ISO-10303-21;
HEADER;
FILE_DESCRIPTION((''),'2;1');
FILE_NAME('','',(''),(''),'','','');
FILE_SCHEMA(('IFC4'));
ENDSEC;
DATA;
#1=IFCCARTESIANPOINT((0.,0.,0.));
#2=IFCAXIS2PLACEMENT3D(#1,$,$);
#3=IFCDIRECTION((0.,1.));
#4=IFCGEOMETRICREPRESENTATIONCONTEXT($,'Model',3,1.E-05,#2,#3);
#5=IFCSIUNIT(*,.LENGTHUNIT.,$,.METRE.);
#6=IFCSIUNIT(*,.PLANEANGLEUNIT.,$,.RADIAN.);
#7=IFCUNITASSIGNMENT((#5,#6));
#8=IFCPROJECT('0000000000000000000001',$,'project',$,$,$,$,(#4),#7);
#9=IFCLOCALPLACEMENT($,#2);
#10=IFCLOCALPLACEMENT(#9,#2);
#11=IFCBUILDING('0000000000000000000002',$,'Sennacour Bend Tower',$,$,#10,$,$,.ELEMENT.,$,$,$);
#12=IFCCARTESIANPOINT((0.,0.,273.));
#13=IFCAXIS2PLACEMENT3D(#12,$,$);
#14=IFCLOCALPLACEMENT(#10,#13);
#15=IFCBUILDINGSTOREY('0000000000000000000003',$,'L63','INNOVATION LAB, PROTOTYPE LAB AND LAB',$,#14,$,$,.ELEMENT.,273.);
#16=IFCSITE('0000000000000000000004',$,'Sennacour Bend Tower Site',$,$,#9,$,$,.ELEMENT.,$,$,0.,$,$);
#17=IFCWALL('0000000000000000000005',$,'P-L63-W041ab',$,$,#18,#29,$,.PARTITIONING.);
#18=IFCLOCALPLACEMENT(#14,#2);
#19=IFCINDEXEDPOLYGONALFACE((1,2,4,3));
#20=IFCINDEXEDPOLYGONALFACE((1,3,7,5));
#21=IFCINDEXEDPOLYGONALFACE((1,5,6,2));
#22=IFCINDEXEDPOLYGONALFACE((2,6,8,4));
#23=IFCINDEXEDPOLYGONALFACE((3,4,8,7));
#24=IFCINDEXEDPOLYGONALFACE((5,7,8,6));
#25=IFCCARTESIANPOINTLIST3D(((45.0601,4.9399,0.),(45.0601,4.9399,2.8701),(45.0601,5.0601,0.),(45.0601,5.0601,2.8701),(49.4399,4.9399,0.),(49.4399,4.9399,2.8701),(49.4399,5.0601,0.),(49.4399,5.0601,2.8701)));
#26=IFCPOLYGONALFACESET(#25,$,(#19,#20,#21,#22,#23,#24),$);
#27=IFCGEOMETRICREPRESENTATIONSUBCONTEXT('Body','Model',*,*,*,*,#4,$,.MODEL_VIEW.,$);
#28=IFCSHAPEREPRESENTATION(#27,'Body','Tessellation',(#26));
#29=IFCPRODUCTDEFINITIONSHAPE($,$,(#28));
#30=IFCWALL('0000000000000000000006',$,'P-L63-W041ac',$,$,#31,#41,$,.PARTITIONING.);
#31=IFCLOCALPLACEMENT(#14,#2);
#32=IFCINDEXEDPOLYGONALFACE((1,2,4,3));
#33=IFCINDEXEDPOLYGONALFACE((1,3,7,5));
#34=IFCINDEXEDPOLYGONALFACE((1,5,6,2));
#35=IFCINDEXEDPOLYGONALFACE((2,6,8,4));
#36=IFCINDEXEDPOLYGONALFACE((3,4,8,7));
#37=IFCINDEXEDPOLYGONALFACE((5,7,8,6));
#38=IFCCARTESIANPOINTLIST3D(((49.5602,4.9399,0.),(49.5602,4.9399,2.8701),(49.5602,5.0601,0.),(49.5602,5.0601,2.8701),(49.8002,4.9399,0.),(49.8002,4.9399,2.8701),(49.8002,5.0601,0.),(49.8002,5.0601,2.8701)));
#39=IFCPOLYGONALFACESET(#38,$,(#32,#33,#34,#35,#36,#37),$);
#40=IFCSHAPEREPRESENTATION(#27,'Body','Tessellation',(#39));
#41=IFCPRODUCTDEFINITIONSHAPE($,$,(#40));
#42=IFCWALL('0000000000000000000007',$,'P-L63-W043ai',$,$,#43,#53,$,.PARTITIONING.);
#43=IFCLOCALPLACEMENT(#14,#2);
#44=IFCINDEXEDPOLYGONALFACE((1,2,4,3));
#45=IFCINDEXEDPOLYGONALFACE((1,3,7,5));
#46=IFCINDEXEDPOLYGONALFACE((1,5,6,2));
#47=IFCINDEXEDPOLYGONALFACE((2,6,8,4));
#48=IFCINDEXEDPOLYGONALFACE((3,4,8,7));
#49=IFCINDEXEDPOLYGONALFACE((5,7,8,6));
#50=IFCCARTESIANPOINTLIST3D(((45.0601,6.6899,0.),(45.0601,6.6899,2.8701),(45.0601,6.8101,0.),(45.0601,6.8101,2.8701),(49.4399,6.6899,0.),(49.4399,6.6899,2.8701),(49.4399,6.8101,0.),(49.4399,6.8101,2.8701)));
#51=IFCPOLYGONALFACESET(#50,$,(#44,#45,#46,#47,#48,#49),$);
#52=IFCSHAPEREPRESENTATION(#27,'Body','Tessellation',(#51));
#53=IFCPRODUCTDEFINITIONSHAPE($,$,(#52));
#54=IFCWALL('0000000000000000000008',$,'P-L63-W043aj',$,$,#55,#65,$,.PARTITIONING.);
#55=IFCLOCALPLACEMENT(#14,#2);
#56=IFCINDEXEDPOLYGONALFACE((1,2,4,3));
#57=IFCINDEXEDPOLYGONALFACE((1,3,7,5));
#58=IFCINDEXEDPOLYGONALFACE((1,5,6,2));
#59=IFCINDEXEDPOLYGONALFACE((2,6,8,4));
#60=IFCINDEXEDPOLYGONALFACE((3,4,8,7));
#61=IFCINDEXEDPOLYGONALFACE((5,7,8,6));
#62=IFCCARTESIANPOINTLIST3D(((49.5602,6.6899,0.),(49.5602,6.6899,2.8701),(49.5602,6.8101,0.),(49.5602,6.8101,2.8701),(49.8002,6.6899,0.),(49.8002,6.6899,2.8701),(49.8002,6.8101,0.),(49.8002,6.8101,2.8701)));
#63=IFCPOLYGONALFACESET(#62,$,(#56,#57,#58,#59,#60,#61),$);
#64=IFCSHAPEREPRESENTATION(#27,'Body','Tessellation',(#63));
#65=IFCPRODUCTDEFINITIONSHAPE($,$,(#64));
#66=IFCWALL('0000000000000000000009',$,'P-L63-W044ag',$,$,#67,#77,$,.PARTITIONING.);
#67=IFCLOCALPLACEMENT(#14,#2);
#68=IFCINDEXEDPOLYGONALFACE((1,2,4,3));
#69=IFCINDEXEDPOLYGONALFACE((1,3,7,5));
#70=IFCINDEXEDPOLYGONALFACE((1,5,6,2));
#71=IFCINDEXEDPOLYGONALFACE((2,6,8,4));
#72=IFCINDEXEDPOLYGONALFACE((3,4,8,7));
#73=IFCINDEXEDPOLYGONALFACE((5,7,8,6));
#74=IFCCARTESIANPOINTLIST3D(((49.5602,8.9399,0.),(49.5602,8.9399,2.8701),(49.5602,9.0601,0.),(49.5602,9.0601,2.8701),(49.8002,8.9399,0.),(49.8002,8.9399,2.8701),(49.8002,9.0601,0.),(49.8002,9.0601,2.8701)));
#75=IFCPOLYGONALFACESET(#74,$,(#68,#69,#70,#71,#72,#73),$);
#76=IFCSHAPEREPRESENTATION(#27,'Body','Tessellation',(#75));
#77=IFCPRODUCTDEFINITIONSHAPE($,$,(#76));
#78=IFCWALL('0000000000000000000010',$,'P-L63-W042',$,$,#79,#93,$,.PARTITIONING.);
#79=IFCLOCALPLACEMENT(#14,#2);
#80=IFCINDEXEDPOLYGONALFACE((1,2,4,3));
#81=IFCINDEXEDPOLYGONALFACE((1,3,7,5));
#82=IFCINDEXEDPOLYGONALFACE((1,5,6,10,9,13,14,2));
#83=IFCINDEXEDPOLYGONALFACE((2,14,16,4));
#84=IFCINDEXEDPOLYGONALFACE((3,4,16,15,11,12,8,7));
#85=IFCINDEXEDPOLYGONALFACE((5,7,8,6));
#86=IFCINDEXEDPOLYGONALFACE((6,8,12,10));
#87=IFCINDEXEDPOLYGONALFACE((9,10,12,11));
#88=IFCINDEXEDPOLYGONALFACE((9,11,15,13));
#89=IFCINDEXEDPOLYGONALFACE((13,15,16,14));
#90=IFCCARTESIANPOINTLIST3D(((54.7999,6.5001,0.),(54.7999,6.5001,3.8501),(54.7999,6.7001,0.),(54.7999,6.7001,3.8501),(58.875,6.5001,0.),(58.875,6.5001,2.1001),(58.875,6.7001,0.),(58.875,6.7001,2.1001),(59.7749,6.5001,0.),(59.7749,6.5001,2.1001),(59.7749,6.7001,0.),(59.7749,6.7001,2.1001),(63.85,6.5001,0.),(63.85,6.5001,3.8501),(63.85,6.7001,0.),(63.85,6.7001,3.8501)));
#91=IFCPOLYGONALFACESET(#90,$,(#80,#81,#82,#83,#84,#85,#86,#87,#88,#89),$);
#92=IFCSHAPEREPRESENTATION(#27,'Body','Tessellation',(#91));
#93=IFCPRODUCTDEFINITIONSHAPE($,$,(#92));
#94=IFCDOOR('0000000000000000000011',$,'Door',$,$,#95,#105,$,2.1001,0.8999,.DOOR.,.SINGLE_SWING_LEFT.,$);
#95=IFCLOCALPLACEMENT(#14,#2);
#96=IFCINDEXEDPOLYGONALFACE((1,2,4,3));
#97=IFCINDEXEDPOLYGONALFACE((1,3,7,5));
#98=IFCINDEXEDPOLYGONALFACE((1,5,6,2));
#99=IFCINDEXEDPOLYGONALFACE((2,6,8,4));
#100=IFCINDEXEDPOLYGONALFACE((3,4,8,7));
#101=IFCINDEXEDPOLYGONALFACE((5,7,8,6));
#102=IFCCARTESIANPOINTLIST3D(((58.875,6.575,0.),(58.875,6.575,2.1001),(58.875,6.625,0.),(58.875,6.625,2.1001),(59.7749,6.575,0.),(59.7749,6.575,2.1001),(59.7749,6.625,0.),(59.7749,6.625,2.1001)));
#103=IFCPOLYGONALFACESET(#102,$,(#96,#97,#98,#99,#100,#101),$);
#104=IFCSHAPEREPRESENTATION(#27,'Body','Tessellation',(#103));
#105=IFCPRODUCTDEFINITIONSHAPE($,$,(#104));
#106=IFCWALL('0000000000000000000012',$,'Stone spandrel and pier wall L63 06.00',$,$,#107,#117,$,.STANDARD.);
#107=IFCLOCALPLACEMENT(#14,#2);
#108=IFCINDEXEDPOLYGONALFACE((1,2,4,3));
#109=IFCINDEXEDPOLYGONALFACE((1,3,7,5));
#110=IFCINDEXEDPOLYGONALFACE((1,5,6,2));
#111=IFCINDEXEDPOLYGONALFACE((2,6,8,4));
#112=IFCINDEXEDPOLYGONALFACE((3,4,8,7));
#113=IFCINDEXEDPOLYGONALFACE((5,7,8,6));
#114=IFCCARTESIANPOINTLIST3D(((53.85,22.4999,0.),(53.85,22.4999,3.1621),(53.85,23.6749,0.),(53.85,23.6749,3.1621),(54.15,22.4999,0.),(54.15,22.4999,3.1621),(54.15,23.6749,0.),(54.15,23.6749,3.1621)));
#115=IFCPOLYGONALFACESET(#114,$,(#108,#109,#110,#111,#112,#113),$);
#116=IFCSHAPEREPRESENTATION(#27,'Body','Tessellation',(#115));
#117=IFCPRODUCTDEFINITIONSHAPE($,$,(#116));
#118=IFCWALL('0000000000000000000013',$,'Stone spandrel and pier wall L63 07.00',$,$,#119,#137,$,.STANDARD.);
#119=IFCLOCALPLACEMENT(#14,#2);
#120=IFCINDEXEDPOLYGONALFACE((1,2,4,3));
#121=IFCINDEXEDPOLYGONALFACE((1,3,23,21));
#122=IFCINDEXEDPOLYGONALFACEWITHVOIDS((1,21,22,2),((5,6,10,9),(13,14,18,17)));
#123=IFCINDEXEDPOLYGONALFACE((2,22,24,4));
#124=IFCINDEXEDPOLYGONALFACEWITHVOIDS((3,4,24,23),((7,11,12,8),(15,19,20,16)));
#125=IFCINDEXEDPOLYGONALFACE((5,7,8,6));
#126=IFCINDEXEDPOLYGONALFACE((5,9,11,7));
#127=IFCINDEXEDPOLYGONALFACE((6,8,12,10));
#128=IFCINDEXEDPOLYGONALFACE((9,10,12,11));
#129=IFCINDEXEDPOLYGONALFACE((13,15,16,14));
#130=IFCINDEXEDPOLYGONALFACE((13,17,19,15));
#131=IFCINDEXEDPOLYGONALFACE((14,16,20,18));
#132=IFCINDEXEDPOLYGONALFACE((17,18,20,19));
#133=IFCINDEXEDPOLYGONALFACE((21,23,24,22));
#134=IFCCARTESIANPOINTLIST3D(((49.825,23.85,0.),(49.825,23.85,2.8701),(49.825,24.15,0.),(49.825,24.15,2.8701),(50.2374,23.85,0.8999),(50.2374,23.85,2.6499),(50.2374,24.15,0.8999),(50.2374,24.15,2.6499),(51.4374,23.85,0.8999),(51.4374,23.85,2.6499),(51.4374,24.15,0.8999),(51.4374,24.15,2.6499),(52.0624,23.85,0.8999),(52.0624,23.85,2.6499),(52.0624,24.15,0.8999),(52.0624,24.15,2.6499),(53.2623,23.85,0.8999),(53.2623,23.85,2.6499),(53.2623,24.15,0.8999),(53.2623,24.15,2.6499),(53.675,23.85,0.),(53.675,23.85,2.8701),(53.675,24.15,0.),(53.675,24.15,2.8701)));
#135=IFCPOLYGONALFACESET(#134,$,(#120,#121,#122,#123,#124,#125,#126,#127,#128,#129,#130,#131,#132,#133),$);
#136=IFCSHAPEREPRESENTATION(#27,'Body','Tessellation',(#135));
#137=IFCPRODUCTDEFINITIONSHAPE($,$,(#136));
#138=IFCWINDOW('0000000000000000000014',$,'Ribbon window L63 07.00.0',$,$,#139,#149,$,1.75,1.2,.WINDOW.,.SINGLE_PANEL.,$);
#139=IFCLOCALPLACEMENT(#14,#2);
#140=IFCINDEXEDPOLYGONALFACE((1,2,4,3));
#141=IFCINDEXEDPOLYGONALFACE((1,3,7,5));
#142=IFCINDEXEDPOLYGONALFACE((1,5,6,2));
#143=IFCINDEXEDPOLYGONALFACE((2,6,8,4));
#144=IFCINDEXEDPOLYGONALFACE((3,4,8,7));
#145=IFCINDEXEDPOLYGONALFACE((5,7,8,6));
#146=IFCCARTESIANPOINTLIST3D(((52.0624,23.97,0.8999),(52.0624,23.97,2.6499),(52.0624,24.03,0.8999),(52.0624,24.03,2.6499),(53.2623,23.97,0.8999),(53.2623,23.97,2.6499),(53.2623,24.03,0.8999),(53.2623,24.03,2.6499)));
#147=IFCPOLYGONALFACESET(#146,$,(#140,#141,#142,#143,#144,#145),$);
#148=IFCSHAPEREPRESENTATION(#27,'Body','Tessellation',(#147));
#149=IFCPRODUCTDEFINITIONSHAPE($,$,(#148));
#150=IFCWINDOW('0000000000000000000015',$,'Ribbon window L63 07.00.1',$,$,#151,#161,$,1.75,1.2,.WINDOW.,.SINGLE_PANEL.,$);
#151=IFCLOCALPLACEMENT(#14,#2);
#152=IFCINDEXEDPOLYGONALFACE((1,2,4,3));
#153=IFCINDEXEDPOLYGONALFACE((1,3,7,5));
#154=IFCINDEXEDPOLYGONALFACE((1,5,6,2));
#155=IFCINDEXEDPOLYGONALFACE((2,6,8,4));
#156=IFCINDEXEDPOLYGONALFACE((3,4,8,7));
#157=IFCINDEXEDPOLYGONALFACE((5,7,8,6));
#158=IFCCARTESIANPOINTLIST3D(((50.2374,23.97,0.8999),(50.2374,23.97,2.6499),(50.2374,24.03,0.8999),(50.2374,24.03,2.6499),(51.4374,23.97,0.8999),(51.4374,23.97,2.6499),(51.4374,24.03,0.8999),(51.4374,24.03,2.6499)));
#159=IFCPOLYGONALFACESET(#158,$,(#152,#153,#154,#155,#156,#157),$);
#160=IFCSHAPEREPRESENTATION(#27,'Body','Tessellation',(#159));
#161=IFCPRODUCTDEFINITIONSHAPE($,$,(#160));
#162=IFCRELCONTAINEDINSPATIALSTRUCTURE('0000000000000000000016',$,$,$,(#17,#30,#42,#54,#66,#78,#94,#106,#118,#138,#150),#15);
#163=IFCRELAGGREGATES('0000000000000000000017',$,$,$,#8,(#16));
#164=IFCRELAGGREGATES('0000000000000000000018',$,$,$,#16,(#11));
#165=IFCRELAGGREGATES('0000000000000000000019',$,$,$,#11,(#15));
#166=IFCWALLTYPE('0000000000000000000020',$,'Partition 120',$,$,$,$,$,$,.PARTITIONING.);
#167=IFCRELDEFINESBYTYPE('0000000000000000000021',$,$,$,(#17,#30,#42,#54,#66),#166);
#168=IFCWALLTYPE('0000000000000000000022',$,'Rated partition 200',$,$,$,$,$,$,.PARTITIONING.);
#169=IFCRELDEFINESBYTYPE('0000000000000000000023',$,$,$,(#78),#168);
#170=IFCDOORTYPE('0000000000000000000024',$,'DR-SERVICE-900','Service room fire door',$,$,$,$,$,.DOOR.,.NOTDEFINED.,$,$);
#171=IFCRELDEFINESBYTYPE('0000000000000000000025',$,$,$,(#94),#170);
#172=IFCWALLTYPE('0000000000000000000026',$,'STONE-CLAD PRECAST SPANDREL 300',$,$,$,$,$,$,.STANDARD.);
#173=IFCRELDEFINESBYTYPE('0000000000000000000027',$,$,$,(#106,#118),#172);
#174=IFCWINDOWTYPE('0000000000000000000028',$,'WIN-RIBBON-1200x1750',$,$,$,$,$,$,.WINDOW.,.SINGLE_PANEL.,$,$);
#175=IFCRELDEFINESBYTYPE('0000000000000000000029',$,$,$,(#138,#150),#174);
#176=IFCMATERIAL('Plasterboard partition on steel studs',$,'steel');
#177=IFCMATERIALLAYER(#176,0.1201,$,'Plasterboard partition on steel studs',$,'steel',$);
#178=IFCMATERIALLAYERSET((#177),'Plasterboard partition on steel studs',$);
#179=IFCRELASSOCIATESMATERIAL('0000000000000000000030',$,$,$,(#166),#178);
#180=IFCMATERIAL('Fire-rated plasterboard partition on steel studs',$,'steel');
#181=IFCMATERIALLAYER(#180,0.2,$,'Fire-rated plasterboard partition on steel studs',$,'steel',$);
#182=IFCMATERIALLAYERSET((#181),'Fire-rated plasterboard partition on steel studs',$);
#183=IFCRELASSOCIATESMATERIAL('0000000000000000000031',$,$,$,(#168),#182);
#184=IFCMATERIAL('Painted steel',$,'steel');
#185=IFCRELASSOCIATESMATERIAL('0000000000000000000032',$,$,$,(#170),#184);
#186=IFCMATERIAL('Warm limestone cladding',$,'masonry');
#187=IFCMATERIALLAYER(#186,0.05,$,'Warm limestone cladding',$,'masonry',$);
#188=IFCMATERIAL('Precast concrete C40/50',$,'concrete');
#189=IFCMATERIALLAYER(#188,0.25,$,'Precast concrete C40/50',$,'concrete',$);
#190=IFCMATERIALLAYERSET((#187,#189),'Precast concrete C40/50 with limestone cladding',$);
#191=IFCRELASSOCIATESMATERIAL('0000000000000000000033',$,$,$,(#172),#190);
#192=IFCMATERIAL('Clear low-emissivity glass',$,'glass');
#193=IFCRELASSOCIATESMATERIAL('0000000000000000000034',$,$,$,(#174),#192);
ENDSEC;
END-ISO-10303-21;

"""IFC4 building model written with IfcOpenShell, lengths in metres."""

from ifc_helpers import new_model, si_unit, direction, frame, frame_2d, origin, place, context, subcontext, project, spatial, rectangle, extrude, material, layer, layer_set, type_object, element, fill, save


model = new_model("IFC4")

# Units and contexts
model_context = context("Model", 3, precision=1e-05, world=origin(), true_north=direction((0.0, 1.0)))
body_context = subcontext(model_context, "Body", "Model", "MODEL_VIEW")
ifc_project = project(units=[si_unit("LENGTHUNIT", "METRE"), si_unit("PLANEANGLEUNIT", "RADIAN")], contexts=[model_context])

# Site, building, storey
site_placement = place(None, origin())
site = spatial("IfcSite", under=ifc_project, at=site_placement, Name="Sennacour Bend Tower Site", CompositionType="ELEMENT", RefElevation=0.0)
building_placement = place(site_placement, origin())
building = spatial("IfcBuilding", under=site, at=building_placement, Name="Sennacour Bend Tower", CompositionType="ELEMENT")
storey_placement = place(building_placement, frame((0.0, 0.0, 273.0)))
storey = spatial("IfcBuildingStorey", under=building, at=storey_placement, Name="L63", Description="INNOVATION LAB, PROTOTYPE LAB AND LAB", CompositionType="ELEMENT", Elevation=273.0)

# Walls
ifc_material_1 = material(Name="Plasterboard partition on steel studs", Category="steel")
ifc_layer_1 = layer(ifc_material_1, 0.1201, Name="Plasterboard partition on steel studs", Category="steel")
ifc_layer_set_1 = layer_set([ifc_layer_1], Name="Plasterboard partition on steel studs")
wall_type_1 = type_object("IfcWallType", Name="Partition 120", PredefinedType="PARTITIONING", material=ifc_layer_set_1)
wall_1_placement = place(storey_placement, frame((45.0601, 5.0, 0.0), z_axis=(0.0, 0.0, 1.0), x_axis=(1.0, 0.0, 0.0)))
element("IfcWall", 1, at=wall_1_placement, inside=storey, type_object=wall_type_1, Name="P-L63-W041ab", PredefinedType="PARTITIONING", context=body_context, shape_type="SweptSolid", body=[
    extrude(rectangle(XDim=4.3799, YDim=0.1201, at=frame_2d((2.1899, 0.0))), origin(), (0.0, 0.0, 1.0), 2.8701),
])
wall_2_placement = place(storey_placement, frame((49.5601, 5.0, 0.0), z_axis=(0.0, 0.0, 1.0), x_axis=(1.0, 0.0, 0.0)))
element("IfcWall", 2, at=wall_2_placement, inside=storey, type_object=wall_type_1, Name="P-L63-W041ac", PredefinedType="PARTITIONING", context=body_context, shape_type="SweptSolid", body=[
    extrude(rectangle(XDim=0.24, YDim=0.1201, at=frame_2d((0.1201, 0.0))), origin(), (0.0, 0.0, 1.0), 2.8701),
])
wall_3_placement = place(storey_placement, frame((45.0601, 6.75, 0.0), z_axis=(0.0, 0.0, 1.0), x_axis=(1.0, 0.0, 0.0)))
element("IfcWall", 3, at=wall_3_placement, inside=storey, type_object=wall_type_1, Name="P-L63-W043ai", PredefinedType="PARTITIONING", context=body_context, shape_type="SweptSolid", body=[
    extrude(rectangle(XDim=4.3799, YDim=0.1201, at=frame_2d((2.1899, 0.0))), origin(), (0.0, 0.0, 1.0), 2.8701),
])
for number, where, z_axis, x_axis, name in (
    (4, (49.5601, 6.75, 0.0), (0.0, 0.0, 1.0), (1.0, 0.0, 0.0), "P-L63-W043aj"),
    (5, (49.5601, 9.0, 0.0), (0.0, 0.0, 1.0), (1.0, 0.0, 0.0), "P-L63-W044ag"),
):
    element("IfcWall", number, at=place(storey_placement, frame(where, z_axis=z_axis, x_axis=x_axis)), inside=storey, type_object=wall_type_1, Name=name, PredefinedType="PARTITIONING", context=body_context, shape_type="SweptSolid", body=[
        extrude(rectangle(XDim=0.24, YDim=0.1201, at=frame_2d((0.1201, 0.0))), origin(), (0.0, 0.0, 1.0), 2.8701),
    ])

# Wall, opening, door
ifc_material_2 = material(Name="Fire-rated plasterboard partition on steel studs", Category="steel")
ifc_layer_2 = layer(ifc_material_2, 0.2, Name="Fire-rated plasterboard partition on steel studs", Category="steel")
ifc_layer_set_2 = layer_set([ifc_layer_2], Name="Fire-rated plasterboard partition on steel studs")
wall_type_2 = type_object("IfcWallType", Name="Rated partition 200", PredefinedType="PARTITIONING", material=ifc_layer_set_2)
wall_4_placement = place(storey_placement, frame((54.8, 6.6001, 0.0), z_axis=(0.0, 0.0, 1.0), x_axis=(1.0, 0.0, 0.0)))
wall_4 = element("IfcWall", 6, at=wall_4_placement, inside=storey, type_object=wall_type_2, Name="P-L63-W042", PredefinedType="PARTITIONING", context=body_context, shape_type="SweptSolid", body=[
    extrude(rectangle(XDim=9.05, YDim=0.2, at=frame_2d((4.5249, 0.0))), origin(), (0.0, 0.0, 1.0), 3.8501),
])
opening_1_placement = place(wall_4_placement, frame((4.075, 0.0, 0.0)))
opening_1 = element("IfcOpeningElement", 7, at=opening_1_placement, cuts=wall_4, PredefinedType="OPENING", context=body_context, shape_type="SweptSolid", body=[
    extrude(rectangle(XDim=0.8999, YDim=2.1001, at=frame_2d((0.45, 1.05))), frame((0.0, 0.1099, 0.0), z_axis=(0.0, -1.0, 0.0), x_axis=(1.0, 0.0, 0.0)), (0.0, 0.0, 1.0), 0.22),
])
ifc_material_3 = material(Name="Painted steel", Category="steel")
door_type_1 = type_object("IfcDoorType", Name="DR-SERVICE-900", Description="Service room fire door", OperationType="NOTDEFINED", PredefinedType="DOOR", material=ifc_material_3)
door_1_placement = place(opening_1_placement, origin())
door_1 = element("IfcDoor", 8, at=door_1_placement, inside=storey, type_object=door_type_1, Name="Door", OperationType="SINGLE_SWING_LEFT", OverallHeight=2.1001, OverallWidth=0.8999, PredefinedType="DOOR", context=body_context, shape_type="SweptSolid", body=[
    extrude(rectangle(XDim=0.8999, YDim=2.1001, at=frame_2d((0.45, 1.05))), frame((0.0, 0.0249, 0.0), z_axis=(0.0, -1.0, 0.0), x_axis=(1.0, 0.0, 0.0)), (0.0, 0.0, 1.0), 0.05),
])
fill(opening_1, door_1)

# Wall
ifc_material_4 = material(Name="Warm limestone cladding", Category="masonry")
ifc_layer_3 = layer(ifc_material_4, 0.05, Name="Warm limestone cladding", Category="masonry")
ifc_material_5 = material(Name="Precast concrete C40/50", Category="concrete")
ifc_layer_4 = layer(ifc_material_5, 0.25, Name="Precast concrete C40/50", Category="concrete")
ifc_layer_set_3 = layer_set([ifc_layer_3, ifc_layer_4], Name="Precast concrete C40/50 with limestone cladding")
wall_type_3 = type_object("IfcWallType", Name="STONE-CLAD PRECAST SPANDREL 300", PredefinedType="STANDARD", material=ifc_layer_set_3)
wall_5_placement = place(storey_placement, frame((54.0, 22.5, 0.0), z_axis=(0.0, 0.0, 1.0), x_axis=(0.0, 1.0, 0.0)))
element("IfcWall", 9, at=wall_5_placement, inside=storey, type_object=wall_type_3, Name="Stone spandrel and pier wall L63 06.00", PredefinedType="STANDARD", context=body_context, shape_type="SweptSolid", body=[
    extrude(rectangle(XDim=1.175, YDim=0.3, at=frame_2d((0.5874, 0.0))), origin(), (0.0, 0.0, 1.0), 3.1621),
])

# Wall, openings, windows
wall_6_placement = place(storey_placement, frame((53.675, 24.0, 0.0), z_axis=(0.0, 0.0, 1.0), x_axis=(-1.0, 0.0, 0.0)))
wall_6 = element("IfcWall", 10, at=wall_6_placement, inside=storey, type_object=wall_type_3, Name="Stone spandrel and pier wall L63 07.00", PredefinedType="STANDARD", context=body_context, shape_type="SweptSolid", body=[
    extrude(rectangle(XDim=3.8501, YDim=0.3, at=frame_2d((1.925, 0.0))), origin(), (0.0, 0.0, 1.0), 2.8701),
])
opening_2_placement = place(wall_6_placement, frame((0.4126, 0.0, 0.8999)))
opening_2 = element("IfcOpeningElement", 11, at=opening_2_placement, cuts=wall_6, PredefinedType="OPENING", context=body_context, shape_type="SweptSolid", body=[
    extrude(rectangle(XDim=1.2, YDim=1.75, at=frame_2d((0.6001, 0.875))), frame((0.0, 0.1602, 0.0), z_axis=(0.0, -1.0, 0.0), x_axis=(1.0, 0.0, 0.0)), (0.0, 0.0, 1.0), 0.3201),
])
opening_3_placement = place(wall_6_placement, frame((2.2375, 0.0, 0.8999)))
opening_3 = element("IfcOpeningElement", 12, at=opening_3_placement, cuts=wall_6, PredefinedType="OPENING", context=body_context, shape_type="SweptSolid", body=[
    extrude(rectangle(XDim=1.2, YDim=1.75, at=frame_2d((0.6001, 0.875))), frame((0.0, 0.1602, 0.0), z_axis=(0.0, -1.0, 0.0), x_axis=(1.0, 0.0, 0.0)), (0.0, 0.0, 1.0), 0.3201),
])
ifc_material_6 = material(Name="Clear low-emissivity glass", Category="glass")
window_type = type_object("IfcWindowType", Name="WIN-RIBBON-1200x1750", PartitioningType="SINGLE_PANEL", PredefinedType="WINDOW", material=ifc_material_6)
window_1_placement = place(opening_2_placement, origin())
window_1 = element("IfcWindow", 13, at=window_1_placement, inside=storey, type_object=window_type, Name="Ribbon window L63 07.00.0", OverallHeight=1.75, OverallWidth=1.2, PartitioningType="SINGLE_PANEL", PredefinedType="WINDOW", context=body_context, shape_type="SweptSolid", body=[
    extrude(rectangle(XDim=1.2, YDim=1.75, at=frame_2d((0.6001, 0.875))), frame((0.0, 0.03, 0.0), z_axis=(0.0, -1.0, 0.0), x_axis=(1.0, 0.0, 0.0)), (0.0, 0.0, 1.0), 0.0601),
])
fill(opening_2, window_1)
window_2_placement = place(opening_3_placement, origin())
window_2 = element("IfcWindow", 14, at=window_2_placement, inside=storey, type_object=window_type, Name="Ribbon window L63 07.00.1", OverallHeight=1.75, OverallWidth=1.2, PartitioningType="SINGLE_PANEL", PredefinedType="WINDOW", context=body_context, shape_type="SweptSolid", body=[
    extrude(rectangle(XDim=1.2, YDim=1.75, at=frame_2d((0.6001, 0.875))), frame((0.0, 0.03, 0.0), z_axis=(0.0, -1.0, 0.0), x_axis=(1.0, 0.0, 0.0)), (0.0, 0.0, 1.0), 0.0601),
])
fill(opening_3, window_2)

save(model, "model.ifc")
